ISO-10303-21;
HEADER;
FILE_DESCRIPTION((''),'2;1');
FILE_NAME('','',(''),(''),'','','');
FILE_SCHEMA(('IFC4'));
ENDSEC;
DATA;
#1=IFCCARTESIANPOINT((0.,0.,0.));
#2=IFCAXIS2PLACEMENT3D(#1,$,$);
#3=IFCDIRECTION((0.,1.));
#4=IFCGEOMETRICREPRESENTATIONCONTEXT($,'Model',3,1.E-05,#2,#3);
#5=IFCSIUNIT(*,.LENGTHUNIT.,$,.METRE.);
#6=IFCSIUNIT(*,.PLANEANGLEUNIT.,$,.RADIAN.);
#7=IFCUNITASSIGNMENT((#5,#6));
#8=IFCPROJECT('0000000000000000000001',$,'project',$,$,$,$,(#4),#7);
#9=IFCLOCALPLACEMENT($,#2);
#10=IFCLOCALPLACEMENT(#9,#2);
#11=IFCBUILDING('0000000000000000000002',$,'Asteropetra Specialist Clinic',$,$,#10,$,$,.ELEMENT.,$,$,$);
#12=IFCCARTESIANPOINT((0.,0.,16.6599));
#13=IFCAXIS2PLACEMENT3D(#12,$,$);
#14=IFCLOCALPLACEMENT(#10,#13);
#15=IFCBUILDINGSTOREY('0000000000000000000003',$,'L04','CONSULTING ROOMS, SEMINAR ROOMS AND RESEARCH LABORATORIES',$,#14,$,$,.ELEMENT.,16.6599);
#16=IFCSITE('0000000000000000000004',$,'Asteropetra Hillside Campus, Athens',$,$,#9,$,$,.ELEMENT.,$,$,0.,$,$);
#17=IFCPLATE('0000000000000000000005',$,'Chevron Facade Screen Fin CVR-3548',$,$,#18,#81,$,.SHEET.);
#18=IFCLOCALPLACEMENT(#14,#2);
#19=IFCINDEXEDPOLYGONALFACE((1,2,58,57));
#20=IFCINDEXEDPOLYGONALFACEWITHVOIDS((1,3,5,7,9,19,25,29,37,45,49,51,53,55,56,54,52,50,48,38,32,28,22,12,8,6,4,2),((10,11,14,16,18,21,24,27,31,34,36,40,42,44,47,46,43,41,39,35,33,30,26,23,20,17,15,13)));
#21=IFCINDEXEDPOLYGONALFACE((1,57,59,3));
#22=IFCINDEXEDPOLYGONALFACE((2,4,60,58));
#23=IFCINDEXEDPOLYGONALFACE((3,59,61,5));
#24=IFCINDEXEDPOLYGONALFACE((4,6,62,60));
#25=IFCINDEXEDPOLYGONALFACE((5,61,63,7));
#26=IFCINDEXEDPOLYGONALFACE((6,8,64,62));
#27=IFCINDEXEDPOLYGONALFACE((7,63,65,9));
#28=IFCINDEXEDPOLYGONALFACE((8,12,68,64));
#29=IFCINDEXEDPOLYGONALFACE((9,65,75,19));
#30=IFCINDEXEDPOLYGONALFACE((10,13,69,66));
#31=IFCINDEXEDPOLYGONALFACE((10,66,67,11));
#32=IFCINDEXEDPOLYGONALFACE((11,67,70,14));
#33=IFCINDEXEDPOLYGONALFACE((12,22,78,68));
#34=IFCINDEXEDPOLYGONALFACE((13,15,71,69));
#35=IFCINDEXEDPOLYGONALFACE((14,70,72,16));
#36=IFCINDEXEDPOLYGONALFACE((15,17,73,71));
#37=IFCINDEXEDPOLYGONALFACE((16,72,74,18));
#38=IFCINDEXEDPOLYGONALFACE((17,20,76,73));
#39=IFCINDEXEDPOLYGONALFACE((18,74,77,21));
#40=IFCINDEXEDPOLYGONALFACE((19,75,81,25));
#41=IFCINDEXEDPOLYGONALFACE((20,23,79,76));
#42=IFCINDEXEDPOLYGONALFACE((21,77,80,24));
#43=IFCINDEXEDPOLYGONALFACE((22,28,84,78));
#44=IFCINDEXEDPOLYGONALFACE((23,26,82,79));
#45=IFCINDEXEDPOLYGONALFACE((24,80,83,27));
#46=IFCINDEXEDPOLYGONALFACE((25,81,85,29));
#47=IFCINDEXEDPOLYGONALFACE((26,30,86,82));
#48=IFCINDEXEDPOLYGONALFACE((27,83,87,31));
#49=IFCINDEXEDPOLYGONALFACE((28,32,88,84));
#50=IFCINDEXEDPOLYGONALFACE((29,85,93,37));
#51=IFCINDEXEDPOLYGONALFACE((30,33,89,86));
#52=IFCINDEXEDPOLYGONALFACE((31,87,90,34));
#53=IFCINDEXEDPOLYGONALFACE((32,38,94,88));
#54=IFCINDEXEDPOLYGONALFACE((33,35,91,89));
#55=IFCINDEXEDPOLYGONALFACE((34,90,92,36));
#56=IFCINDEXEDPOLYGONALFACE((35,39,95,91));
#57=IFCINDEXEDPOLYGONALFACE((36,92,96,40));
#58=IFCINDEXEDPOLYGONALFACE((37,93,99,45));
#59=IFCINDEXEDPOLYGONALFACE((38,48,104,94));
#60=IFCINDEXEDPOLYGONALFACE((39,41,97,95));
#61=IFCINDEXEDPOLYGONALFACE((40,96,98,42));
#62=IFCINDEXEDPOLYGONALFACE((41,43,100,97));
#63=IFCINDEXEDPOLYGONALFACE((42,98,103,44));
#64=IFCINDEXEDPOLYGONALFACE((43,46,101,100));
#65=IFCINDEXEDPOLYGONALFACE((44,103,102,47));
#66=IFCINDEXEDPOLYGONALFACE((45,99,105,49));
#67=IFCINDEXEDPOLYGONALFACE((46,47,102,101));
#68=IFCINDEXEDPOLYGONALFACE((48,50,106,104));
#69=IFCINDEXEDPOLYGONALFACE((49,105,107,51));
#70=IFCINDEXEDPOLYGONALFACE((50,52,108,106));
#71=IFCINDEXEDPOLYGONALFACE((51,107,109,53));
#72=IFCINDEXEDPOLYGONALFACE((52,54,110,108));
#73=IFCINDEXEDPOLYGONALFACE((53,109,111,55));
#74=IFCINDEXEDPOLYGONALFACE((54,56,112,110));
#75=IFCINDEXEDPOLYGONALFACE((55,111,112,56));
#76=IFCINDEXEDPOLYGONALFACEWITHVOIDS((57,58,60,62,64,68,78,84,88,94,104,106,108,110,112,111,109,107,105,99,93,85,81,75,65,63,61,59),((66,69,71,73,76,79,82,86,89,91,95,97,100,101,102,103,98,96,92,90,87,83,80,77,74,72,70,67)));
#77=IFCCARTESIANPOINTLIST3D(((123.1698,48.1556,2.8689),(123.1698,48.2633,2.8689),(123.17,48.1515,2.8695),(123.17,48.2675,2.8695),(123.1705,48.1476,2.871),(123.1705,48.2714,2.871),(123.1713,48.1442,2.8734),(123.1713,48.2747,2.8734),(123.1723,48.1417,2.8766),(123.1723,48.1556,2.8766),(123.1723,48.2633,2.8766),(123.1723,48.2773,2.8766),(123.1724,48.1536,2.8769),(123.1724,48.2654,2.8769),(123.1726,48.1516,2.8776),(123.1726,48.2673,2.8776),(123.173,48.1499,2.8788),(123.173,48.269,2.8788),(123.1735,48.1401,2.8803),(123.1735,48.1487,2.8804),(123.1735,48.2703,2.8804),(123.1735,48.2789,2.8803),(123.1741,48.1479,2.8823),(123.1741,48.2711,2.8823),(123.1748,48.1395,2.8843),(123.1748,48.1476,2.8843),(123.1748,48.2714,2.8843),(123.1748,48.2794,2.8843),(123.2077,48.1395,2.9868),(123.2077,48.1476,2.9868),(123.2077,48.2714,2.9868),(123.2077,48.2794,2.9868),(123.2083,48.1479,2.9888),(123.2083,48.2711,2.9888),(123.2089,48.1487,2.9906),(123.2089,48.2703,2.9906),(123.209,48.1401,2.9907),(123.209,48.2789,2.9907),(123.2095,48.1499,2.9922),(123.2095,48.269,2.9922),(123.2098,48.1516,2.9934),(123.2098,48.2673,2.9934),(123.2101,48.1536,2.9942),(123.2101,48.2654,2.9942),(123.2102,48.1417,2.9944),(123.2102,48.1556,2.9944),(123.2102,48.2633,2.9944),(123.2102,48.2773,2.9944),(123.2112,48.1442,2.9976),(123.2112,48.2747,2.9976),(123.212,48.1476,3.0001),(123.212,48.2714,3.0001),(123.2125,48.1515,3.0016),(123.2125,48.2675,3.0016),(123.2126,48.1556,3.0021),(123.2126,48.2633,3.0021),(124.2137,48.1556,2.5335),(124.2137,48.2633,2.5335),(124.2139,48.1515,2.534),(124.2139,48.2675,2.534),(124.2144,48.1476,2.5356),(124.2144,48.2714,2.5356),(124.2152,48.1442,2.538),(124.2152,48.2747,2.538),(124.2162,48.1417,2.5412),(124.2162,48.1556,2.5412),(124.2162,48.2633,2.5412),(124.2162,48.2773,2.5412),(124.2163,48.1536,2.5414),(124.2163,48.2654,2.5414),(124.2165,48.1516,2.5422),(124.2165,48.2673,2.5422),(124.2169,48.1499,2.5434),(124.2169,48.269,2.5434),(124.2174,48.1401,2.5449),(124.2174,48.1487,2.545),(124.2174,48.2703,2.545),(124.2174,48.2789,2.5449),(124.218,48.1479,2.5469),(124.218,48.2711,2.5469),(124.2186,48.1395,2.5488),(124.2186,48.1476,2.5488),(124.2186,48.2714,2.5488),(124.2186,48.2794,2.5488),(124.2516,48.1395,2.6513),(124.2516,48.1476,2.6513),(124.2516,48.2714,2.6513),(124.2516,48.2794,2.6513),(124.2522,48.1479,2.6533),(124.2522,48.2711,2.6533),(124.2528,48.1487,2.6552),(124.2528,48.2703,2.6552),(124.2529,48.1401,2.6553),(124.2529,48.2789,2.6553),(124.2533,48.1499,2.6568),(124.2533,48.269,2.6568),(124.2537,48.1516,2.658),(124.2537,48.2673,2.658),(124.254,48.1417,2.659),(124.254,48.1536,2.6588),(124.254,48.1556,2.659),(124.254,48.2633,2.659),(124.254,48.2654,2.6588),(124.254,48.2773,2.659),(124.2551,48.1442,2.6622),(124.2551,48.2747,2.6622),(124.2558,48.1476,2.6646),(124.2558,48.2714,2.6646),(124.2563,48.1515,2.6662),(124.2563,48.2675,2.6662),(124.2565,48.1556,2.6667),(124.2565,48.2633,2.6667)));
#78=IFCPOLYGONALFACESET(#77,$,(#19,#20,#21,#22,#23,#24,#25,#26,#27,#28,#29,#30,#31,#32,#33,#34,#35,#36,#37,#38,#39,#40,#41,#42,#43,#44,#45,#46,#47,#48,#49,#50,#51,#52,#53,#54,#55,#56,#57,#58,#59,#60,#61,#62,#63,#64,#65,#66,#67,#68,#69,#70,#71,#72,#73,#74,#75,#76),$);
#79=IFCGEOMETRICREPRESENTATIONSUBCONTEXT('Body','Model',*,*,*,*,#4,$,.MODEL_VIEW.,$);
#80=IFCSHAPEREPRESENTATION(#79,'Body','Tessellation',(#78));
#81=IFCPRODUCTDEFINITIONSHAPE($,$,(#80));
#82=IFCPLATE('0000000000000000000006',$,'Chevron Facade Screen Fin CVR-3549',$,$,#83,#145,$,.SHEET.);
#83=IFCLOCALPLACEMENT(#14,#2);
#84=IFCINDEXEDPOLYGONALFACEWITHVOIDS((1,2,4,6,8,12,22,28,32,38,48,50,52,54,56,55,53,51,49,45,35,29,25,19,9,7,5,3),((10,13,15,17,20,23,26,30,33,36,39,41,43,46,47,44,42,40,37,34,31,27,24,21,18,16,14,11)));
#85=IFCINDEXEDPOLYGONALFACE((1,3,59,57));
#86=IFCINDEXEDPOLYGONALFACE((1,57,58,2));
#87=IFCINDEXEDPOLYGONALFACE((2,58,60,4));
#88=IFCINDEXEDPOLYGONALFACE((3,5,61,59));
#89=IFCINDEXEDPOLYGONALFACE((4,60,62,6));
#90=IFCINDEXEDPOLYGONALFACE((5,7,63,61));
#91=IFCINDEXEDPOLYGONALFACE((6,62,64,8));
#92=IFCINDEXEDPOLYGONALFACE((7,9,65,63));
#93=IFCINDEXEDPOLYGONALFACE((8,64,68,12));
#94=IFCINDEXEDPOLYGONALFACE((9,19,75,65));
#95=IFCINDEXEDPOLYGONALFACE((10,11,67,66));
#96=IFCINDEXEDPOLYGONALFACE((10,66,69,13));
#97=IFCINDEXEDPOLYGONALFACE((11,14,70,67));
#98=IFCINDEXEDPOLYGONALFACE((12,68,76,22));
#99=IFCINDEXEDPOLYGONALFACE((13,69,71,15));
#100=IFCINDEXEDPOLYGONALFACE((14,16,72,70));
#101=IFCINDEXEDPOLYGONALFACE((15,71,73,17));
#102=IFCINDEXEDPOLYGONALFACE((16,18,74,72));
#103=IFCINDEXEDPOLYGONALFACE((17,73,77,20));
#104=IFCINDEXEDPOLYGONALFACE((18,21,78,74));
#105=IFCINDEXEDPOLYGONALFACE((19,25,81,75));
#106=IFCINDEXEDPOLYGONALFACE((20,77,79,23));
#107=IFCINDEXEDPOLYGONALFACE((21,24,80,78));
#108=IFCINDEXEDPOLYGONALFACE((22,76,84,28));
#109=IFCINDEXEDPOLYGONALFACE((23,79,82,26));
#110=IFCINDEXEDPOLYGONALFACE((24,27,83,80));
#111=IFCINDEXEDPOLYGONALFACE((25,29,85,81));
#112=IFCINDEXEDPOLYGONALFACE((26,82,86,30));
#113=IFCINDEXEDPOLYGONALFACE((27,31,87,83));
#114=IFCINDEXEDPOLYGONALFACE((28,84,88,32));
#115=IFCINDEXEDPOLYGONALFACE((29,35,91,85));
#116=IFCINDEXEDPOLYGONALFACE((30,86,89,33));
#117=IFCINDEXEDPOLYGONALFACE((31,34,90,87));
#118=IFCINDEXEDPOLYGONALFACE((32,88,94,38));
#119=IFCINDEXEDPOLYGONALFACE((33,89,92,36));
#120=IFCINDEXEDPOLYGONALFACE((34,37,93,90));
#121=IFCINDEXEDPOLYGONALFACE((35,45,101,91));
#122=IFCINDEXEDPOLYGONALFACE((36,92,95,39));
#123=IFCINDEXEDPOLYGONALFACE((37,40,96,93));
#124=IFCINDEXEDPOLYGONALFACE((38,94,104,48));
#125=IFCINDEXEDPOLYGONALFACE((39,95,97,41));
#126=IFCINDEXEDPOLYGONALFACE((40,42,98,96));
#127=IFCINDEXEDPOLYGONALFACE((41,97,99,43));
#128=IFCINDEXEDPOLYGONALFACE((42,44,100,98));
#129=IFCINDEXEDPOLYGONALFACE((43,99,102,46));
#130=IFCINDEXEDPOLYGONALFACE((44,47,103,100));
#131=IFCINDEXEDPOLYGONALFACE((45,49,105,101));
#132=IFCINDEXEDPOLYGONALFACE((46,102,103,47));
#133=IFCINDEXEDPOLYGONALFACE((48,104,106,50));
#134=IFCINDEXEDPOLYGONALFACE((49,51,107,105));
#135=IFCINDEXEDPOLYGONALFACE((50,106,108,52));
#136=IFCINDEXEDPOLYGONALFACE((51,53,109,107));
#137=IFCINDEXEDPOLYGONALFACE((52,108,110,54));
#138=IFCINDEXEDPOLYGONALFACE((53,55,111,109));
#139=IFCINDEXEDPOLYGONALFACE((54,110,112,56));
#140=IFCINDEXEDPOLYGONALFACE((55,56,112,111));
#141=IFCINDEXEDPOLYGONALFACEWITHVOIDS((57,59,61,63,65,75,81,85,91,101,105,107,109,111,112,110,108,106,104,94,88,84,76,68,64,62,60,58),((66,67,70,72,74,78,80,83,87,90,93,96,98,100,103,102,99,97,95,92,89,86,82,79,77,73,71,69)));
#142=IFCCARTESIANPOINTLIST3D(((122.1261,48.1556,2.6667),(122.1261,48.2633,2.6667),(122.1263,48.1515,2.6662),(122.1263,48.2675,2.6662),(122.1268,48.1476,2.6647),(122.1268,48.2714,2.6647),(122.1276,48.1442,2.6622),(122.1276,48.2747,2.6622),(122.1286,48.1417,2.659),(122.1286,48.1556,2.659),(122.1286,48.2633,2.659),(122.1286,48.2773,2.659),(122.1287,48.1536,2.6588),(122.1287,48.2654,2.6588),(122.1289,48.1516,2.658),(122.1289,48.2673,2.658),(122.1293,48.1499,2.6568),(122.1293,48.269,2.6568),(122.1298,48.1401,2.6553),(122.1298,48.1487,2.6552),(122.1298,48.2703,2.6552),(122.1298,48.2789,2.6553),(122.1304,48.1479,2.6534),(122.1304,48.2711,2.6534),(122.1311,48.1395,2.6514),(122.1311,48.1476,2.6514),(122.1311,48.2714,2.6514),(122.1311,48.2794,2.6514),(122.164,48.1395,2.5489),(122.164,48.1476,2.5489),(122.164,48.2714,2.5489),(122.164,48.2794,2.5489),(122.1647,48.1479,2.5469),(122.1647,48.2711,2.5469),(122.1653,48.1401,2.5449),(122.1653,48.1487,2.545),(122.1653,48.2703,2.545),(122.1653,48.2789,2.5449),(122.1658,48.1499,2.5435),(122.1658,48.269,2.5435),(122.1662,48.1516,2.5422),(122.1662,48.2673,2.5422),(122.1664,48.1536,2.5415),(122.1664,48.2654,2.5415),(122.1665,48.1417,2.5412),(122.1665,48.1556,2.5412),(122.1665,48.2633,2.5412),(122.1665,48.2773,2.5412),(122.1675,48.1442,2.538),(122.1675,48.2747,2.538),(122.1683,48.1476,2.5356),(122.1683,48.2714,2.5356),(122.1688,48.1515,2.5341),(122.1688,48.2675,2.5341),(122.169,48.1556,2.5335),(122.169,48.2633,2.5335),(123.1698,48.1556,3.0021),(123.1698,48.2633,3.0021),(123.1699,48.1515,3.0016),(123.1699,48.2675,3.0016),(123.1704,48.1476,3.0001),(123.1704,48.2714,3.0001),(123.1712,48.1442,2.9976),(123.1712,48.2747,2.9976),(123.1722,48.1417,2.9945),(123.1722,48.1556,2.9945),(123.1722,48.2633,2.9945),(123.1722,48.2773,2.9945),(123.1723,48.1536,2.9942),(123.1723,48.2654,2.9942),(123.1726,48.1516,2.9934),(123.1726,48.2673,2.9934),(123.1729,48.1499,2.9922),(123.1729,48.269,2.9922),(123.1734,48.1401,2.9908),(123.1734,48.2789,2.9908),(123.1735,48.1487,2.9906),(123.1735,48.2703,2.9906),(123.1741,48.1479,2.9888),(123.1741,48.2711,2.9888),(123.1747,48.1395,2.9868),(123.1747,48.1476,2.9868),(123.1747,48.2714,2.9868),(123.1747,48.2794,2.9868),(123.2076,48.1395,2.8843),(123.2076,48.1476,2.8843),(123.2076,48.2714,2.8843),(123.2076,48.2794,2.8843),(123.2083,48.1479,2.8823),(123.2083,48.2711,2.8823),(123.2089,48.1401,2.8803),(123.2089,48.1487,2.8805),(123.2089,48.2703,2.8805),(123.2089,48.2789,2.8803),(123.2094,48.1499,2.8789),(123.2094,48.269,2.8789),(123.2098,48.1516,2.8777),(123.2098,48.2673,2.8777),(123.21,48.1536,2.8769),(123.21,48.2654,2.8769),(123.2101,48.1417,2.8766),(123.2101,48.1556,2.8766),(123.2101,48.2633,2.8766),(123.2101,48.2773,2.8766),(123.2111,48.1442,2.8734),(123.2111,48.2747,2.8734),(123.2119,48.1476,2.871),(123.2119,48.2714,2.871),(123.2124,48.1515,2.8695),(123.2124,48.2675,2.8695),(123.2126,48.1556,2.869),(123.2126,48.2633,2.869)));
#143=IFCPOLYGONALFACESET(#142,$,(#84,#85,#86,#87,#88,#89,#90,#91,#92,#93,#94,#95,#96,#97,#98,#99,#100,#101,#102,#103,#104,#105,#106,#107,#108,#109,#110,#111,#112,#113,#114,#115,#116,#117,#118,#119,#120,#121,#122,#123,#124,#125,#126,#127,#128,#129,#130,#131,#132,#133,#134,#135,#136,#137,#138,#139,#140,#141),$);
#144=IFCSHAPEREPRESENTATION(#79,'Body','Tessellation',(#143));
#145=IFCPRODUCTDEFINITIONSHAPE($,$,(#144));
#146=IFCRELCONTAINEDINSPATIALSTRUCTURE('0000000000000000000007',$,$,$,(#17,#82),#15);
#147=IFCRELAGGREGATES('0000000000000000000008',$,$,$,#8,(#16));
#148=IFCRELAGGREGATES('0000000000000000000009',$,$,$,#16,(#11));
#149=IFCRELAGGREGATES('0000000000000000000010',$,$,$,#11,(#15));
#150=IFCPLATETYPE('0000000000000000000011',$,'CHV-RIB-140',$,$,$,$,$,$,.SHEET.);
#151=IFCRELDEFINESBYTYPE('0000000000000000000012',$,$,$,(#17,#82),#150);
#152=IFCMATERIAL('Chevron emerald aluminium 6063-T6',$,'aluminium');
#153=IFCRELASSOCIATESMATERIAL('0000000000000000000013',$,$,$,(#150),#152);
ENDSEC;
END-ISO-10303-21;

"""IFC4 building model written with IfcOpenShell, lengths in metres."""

from ifc_helpers import new_model, si_unit, direction, frame, origin, origin_2d, place, context, subcontext, project, spatial, hollow_rectangle, extrude, material, material_profile, profile_set, type_object, element, save


model = new_model("IFC4")

# Units and contexts
model_context = context("Model", 3, precision=1e-05, world=origin(), true_north=direction((0.0, 1.0)))
body_context = subcontext(model_context, "Body", "Model", "MODEL_VIEW")
ifc_project = project(units=[si_unit("LENGTHUNIT", "METRE"), si_unit("PLANEANGLEUNIT", "RADIAN")], contexts=[model_context])

# Site, building, storey
site_placement = place(None, origin())
site = spatial("IfcSite", under=ifc_project, at=site_placement, Name="Asteropetra Hillside Campus, Athens", CompositionType="ELEMENT", RefElevation=0.0)
building_placement = place(site_placement, origin())
building = spatial("IfcBuilding", under=site, at=building_placement, Name="Asteropetra Specialist Clinic", CompositionType="ELEMENT")
storey_placement = place(building_placement, frame((0.0, 0.0, 16.6599)))
storey = spatial("IfcBuildingStorey", under=building, at=storey_placement, Name="L04", Description="CONSULTING ROOMS, SEMINAR ROOMS AND RESEARCH LABORATORIES", CompositionType="ELEMENT", Elevation=16.6599)

# Plates
ifc_material_1 = material(Name="Chevron emerald aluminium 6063-T6", Category="aluminium")
ifc_material_profile = material_profile(ifc_material_1, hollow_rectangle(XDim=0.1399, YDim=0.1399, WallThickness=0.0081, InnerFilletRadius=0.0081, OuterFilletRadius=0.0161, at=origin_2d()), Name="SHS 140x140x8.0")
ifc_profile_set = profile_set([ifc_material_profile], Name="Chevron emerald aluminium 6063-T6")
plate_type = type_object("IfcPlateType", Name="CHV-RIB-140", PredefinedType="SHEET", material=ifc_profile_set)
plate_1_placement = place(storey_placement, frame((124.2351, 48.2095, 2.6001), z_axis=(-0.952056, 0.0, 0.305923), x_axis=(0.0, -1.0, 0.0)))
element("IfcPlate", 1, at=plate_1_placement, inside=storey, type_object=plate_type, Name="Chevron Facade Screen Fin CVR-3548", PredefinedType="SHEET", context=body_context, shape_type="SweptSolid", body=[
    extrude(hollow_rectangle(XDim=0.1399, YDim=0.1399, WallThickness=0.0081, InnerFilletRadius=0.0081, OuterFilletRadius=0.0161, at=origin_2d()), origin(), (0.0, 0.0, 1.0), 1.0964),
])
for number, where, z_axis, x_axis, name in (
    (2, (123.1912, 48.2095, 2.9355), (-0.952036, 0.0, -0.305988), (0.0, -1.0, 0.0), "Chevron Facade Screen Fin CVR-3549"),
):
    element("IfcPlate", number, at=place(storey_placement, frame(where, z_axis=z_axis, x_axis=x_axis)), inside=storey, type_object=plate_type, Name=name, PredefinedType="SHEET", context=body_context, shape_type="SweptSolid", body=[
        extrude(hollow_rectangle(XDim=0.1399, YDim=0.1399, WallThickness=0.0081, InnerFilletRadius=0.0081, OuterFilletRadius=0.0161, at=origin_2d()), origin(), (0.0, 0.0, 1.0), 1.0962),
    ])

save(model, "model.ifc")
